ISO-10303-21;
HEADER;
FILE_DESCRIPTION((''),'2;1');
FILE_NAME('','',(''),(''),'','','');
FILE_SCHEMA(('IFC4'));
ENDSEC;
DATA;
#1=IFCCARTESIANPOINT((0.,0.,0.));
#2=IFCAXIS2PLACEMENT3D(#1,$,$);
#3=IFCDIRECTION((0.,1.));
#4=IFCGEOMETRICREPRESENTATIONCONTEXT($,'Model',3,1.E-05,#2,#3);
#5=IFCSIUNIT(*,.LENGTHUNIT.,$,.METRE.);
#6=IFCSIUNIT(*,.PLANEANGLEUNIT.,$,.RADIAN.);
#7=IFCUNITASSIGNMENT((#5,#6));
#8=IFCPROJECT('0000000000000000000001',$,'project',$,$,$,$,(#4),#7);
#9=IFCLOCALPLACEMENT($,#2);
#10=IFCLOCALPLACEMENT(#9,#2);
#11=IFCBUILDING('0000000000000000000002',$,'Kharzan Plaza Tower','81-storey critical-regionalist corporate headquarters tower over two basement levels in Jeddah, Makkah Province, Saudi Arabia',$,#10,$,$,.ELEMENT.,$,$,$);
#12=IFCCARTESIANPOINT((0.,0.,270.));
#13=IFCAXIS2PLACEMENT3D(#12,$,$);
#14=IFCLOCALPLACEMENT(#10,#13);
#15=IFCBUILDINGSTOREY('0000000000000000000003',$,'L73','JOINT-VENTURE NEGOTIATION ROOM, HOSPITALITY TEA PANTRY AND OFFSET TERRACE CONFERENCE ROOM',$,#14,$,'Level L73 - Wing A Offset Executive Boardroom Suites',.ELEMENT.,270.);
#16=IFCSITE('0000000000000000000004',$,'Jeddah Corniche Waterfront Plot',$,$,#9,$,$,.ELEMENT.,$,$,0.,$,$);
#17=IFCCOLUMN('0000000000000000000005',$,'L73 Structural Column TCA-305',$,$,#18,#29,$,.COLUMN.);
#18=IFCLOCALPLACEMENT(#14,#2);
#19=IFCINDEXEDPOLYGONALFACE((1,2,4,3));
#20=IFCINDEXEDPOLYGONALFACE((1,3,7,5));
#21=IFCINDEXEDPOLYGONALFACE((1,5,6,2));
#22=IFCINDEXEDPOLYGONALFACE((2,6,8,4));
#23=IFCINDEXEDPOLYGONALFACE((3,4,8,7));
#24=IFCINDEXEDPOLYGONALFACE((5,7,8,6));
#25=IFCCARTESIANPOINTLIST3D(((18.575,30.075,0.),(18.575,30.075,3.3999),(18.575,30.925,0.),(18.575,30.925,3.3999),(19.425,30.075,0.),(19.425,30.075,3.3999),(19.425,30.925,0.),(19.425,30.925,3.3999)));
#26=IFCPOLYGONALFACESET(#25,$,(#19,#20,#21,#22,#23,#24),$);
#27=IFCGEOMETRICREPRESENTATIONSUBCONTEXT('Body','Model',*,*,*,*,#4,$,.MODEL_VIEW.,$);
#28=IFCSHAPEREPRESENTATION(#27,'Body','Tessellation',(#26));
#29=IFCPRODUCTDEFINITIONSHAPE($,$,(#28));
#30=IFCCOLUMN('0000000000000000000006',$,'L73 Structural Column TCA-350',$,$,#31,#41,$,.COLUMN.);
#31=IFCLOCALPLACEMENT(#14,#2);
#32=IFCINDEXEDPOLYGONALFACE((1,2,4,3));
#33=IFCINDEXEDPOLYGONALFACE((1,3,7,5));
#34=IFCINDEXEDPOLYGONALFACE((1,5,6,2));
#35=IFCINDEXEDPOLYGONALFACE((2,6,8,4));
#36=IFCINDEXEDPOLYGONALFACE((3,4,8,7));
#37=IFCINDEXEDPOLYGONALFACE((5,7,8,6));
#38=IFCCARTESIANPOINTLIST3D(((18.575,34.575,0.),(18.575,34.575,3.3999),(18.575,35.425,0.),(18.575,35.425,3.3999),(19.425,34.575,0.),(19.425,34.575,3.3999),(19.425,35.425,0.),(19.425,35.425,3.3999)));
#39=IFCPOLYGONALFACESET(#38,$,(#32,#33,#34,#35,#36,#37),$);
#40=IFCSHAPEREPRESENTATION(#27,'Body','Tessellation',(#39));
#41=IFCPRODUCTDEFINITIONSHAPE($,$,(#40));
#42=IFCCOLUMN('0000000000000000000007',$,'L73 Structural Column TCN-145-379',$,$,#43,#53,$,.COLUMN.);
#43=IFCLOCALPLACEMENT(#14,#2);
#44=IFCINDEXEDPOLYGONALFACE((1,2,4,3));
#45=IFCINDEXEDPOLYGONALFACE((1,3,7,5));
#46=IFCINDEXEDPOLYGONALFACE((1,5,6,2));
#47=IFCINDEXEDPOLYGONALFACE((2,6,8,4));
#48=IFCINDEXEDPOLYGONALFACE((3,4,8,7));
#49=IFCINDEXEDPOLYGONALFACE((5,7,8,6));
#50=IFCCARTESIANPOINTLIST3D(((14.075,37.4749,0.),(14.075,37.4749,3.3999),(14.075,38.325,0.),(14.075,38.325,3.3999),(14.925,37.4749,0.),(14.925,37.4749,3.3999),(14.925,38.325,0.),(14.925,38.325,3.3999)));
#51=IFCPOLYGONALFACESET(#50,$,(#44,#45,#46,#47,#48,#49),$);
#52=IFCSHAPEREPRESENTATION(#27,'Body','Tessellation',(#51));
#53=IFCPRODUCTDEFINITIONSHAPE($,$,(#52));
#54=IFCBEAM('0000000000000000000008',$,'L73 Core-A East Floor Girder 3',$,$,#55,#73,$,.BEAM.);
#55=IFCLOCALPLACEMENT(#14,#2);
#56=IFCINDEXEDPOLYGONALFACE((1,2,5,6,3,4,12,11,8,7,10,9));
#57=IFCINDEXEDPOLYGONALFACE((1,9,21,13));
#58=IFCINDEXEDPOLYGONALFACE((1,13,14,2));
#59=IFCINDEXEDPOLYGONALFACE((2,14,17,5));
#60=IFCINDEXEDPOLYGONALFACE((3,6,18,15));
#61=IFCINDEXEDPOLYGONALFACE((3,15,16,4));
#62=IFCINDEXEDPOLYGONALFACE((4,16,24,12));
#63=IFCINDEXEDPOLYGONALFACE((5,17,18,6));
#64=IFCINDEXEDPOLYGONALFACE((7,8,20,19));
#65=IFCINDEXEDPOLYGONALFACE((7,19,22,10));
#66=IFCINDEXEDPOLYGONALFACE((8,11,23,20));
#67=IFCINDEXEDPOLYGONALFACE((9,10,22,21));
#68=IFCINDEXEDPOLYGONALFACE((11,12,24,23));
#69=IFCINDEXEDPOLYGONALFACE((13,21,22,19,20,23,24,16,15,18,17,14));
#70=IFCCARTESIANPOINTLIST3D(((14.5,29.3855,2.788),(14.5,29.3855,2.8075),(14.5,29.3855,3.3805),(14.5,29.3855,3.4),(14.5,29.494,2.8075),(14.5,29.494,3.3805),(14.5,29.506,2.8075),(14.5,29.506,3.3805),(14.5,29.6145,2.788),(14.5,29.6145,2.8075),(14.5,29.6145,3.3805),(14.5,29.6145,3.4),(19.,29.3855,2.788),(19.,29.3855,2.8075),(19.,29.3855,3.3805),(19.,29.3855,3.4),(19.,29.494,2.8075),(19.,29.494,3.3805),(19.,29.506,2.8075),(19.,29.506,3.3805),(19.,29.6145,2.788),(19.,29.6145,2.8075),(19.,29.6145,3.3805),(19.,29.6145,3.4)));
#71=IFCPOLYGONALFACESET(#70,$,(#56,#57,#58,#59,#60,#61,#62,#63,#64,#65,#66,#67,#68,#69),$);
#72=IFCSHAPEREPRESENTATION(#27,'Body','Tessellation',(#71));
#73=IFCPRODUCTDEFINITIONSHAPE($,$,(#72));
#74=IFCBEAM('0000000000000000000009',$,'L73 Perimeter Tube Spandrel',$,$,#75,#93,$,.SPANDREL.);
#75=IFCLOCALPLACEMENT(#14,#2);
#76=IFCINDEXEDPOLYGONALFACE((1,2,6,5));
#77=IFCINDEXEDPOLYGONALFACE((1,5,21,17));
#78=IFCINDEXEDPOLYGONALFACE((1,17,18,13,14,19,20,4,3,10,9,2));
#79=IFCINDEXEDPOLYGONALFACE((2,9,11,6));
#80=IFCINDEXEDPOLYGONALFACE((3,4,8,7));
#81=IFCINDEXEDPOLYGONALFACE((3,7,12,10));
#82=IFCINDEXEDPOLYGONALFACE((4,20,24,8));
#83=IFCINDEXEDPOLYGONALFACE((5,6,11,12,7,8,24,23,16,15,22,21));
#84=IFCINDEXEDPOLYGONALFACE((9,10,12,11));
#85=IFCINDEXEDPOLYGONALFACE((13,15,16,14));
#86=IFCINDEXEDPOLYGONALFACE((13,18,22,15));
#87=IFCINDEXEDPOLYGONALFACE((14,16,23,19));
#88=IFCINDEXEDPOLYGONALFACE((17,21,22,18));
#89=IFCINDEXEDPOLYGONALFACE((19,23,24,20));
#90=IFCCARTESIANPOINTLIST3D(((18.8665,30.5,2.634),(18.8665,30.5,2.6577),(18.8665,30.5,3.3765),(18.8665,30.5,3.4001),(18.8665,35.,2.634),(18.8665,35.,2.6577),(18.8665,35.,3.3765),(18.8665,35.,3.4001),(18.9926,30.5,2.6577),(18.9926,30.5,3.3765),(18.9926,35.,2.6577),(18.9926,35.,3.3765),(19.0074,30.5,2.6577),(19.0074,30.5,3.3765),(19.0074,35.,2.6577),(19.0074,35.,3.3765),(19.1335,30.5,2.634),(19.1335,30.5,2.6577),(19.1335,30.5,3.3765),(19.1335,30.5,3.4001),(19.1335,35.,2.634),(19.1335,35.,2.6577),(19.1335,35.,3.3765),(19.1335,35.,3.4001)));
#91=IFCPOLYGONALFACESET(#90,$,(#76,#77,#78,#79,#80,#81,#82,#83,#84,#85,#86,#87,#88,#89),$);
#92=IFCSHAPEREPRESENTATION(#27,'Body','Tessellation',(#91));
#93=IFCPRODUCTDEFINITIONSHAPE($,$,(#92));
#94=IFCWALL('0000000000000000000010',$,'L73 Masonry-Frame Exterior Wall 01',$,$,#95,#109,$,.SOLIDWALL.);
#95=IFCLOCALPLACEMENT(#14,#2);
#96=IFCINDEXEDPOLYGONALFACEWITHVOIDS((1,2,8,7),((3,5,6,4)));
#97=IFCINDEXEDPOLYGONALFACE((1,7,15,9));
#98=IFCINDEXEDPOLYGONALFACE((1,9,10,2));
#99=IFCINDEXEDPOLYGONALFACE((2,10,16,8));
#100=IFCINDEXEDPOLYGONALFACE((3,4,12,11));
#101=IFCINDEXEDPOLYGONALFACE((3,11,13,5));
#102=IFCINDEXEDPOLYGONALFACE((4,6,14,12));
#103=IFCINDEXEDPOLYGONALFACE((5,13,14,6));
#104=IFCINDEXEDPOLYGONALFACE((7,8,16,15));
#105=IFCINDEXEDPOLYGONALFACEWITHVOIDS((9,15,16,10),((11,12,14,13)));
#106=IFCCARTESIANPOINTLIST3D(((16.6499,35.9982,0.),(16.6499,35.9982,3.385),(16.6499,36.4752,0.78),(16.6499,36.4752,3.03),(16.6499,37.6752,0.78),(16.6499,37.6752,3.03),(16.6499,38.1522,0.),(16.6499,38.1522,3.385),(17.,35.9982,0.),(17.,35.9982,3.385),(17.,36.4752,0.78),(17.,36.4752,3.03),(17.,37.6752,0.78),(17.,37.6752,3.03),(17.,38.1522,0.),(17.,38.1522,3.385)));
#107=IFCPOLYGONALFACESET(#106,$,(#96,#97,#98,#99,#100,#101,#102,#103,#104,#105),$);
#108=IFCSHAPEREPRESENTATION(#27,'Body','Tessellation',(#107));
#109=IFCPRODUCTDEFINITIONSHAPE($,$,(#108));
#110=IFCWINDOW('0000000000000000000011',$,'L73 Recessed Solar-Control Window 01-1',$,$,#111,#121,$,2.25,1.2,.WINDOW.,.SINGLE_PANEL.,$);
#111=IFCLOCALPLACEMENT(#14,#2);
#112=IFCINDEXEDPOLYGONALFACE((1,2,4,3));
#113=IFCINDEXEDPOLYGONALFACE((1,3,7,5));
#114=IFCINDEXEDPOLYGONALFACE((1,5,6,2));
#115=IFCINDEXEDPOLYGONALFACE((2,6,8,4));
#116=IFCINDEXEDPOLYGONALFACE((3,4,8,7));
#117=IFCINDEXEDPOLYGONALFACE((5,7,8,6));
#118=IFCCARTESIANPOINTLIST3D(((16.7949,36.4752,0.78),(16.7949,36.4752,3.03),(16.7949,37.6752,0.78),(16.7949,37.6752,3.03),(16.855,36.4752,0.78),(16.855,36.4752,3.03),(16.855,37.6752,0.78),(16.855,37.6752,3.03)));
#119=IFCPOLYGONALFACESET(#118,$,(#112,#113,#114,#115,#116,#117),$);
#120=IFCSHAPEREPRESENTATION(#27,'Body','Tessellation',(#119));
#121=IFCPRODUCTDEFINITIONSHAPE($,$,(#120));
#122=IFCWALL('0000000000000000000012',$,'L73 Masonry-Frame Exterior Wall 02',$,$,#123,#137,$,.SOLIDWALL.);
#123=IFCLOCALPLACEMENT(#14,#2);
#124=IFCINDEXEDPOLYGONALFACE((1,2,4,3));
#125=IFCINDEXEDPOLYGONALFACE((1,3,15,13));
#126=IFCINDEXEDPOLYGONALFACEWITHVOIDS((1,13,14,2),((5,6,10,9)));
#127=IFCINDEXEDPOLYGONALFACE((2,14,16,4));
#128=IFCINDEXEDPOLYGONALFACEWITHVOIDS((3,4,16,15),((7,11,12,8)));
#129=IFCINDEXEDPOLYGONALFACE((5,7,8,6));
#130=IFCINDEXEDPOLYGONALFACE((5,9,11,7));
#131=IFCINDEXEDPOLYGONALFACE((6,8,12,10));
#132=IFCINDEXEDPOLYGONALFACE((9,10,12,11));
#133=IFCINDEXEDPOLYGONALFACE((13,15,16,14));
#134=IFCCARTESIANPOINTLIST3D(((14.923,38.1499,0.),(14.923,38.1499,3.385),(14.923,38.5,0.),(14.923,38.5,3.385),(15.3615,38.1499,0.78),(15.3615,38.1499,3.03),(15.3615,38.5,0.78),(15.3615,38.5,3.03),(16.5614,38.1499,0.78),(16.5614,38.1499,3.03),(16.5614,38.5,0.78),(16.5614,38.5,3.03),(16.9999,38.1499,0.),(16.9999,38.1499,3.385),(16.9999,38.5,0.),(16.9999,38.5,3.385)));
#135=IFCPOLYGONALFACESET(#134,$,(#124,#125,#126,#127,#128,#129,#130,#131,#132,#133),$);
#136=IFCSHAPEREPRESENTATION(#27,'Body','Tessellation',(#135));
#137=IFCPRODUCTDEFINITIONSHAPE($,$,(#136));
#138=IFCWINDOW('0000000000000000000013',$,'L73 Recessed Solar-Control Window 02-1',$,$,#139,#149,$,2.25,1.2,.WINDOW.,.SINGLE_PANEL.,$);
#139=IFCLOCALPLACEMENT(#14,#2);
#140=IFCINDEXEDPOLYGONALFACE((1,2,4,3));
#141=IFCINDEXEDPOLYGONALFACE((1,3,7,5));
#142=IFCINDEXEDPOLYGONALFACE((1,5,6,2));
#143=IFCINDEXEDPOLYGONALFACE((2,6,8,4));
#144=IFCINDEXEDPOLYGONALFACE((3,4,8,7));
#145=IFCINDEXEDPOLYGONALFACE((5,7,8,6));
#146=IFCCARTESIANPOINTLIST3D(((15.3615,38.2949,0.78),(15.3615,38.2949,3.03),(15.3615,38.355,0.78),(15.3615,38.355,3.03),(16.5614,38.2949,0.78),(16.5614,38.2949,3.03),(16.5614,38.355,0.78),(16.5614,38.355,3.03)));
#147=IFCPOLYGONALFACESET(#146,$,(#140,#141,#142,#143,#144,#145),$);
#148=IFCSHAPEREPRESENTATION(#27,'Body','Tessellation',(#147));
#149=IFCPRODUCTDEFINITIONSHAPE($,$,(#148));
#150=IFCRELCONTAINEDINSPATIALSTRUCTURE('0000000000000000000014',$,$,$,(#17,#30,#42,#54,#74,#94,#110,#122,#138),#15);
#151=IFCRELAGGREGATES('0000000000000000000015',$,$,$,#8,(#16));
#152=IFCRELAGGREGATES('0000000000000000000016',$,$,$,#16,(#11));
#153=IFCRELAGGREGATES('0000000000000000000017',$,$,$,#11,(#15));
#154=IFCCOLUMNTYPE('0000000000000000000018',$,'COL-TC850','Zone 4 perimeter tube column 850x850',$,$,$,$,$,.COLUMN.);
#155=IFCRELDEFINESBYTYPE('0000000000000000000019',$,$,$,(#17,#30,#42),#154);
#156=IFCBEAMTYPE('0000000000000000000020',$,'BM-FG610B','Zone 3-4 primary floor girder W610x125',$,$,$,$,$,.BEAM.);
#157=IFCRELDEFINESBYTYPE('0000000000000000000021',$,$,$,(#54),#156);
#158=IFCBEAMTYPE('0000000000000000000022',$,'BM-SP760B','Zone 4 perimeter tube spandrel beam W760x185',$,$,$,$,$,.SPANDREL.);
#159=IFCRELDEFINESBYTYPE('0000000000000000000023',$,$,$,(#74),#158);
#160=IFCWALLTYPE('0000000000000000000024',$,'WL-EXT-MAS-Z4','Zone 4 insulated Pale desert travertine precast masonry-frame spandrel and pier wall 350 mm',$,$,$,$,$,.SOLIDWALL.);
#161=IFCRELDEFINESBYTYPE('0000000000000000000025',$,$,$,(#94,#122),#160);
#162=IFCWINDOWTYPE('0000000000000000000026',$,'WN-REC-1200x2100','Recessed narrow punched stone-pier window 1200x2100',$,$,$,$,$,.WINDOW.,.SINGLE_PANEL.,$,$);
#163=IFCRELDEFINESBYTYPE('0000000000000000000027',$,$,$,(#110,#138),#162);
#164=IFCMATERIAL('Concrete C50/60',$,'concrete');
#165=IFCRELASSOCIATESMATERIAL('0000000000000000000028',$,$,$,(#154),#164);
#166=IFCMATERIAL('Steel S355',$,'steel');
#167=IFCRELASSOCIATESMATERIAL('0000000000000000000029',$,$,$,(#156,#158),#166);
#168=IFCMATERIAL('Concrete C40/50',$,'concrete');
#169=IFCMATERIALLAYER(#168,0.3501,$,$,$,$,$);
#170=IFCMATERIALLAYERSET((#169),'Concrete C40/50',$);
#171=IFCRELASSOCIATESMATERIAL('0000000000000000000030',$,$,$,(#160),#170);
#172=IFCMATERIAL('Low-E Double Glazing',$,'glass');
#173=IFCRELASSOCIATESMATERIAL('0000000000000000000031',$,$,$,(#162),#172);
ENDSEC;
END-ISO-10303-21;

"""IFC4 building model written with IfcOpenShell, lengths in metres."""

from ifc_helpers import new_model, si_unit, direction, frame, frame_2d, origin, origin_2d, place, context, subcontext, project, spatial, rectangle, i_section, extrude, source, transform, mapped, material, layer, layer_set, material_profile, profile_set, type_object, element, fill, save


model = new_model("IFC4")

# Units and contexts
model_context = context("Model", 3, precision=1e-05, world=origin(), true_north=direction((0.0, 1.0)))
body_context = subcontext(model_context, "Body", "Model", "MODEL_VIEW")
ifc_project = project(units=[si_unit("LENGTHUNIT", "METRE"), si_unit("PLANEANGLEUNIT", "RADIAN")], contexts=[model_context])

# Site, building, storey
site_placement = place(None, origin())
site = spatial("IfcSite", under=ifc_project, at=site_placement, Name="Jeddah Corniche Waterfront Plot", CompositionType="ELEMENT", RefElevation=0.0)
building_placement = place(site_placement, origin())
building = spatial("IfcBuilding", under=site, at=building_placement, Name="Kharzan Plaza Tower", Description="81-storey critical-regionalist corporate headquarters tower over two basement levels in Jeddah, Makkah Province, Saudi Arabia", CompositionType="ELEMENT")
storey_placement = place(building_placement, frame((0.0, 0.0, 270.0)))
storey = spatial("IfcBuildingStorey", under=building, at=storey_placement, Name="L73", Description="JOINT-VENTURE NEGOTIATION ROOM, HOSPITALITY TEA PANTRY AND OFFSET TERRACE CONFERENCE ROOM", LongName="Level L73 - Wing A Offset Executive Boardroom Suites", CompositionType="ELEMENT", Elevation=270.0)

# Columns
ifc_material_1 = material(Name="Concrete C50/60", Category="concrete")
ifc_material_profile_1 = material_profile(ifc_material_1, rectangle(XDim=0.8501, YDim=0.8501, at=origin_2d()), Name="RC-TC850x850")
ifc_profile_set_1 = profile_set([ifc_material_profile_1], Name="Concrete C50/60")
column_type = type_object("IfcColumnType", Name="COL-TC850", Description="Zone 4 perimeter tube column 850x850", PredefinedType="COLUMN", material=ifc_profile_set_1)
shared_shape_1 = source(origin(), body_context, "Body", "SweptSolid", [
    extrude(rectangle(XDim=0.8501, YDim=0.8501, at=origin_2d()), origin(), (0.0, 0.0, 1.0), 3.3999),
])
for number, where, z_axis, x_axis, name in (
    (1, (19.0, 30.5, 0.0), (0.0, 0.0, 1.0), (1.0, 0.0, 0.0), "L73 Structural Column TCA-305"),
    (2, (19.0, 35.0, 0.0), (0.0, 0.0, 1.0), (1.0, 0.0, 0.0), "L73 Structural Column TCA-350"),
    (3, (14.5, 37.8999, 0.0), (0.0, 0.0, 1.0), (1.0, 0.0, 0.0), "L73 Structural Column TCN-145-379"),
):
    element("IfcColumn", number, at=place(storey_placement, frame(where, z_axis=z_axis, x_axis=x_axis)), inside=storey, type_object=column_type, Name=name, PredefinedType="COLUMN", context=body_context, shape_type="MappedRepresentation", body=[
        mapped(shared_shape_1, transform((0.0, 0.0, 0.0), x_axis=(1.0, 0.0, 0.0), y_axis=(0.0, 1.0, 0.0), z_axis=(0.0, 0.0, 1.0))),
    ])

# Beams
ifc_material_2 = material(Name="Steel S355", Category="steel")
ifc_material_profile_2 = material_profile(ifc_material_2, i_section(OverallWidth=0.229, OverallDepth=0.6121, WebThickness=0.012, FlangeThickness=0.0195, at=origin_2d()), Name="W610x125")
ifc_profile_set_2 = profile_set([ifc_material_profile_2], Name="Steel S355")
beam_type_1 = type_object("IfcBeamType", Name="BM-FG610B", Description="Zone 3-4 primary floor girder W610x125", PredefinedType="BEAM", material=ifc_profile_set_2)
shared_shape_2 = source(origin(), body_context, "Body", "SweptSolid", [
    extrude(i_section(OverallWidth=0.229, OverallDepth=0.6121, WebThickness=0.012, FlangeThickness=0.0195, at=origin_2d()), origin(), (0.0, 0.0, 1.0), 4.5),
])
beam_1_placement = place(storey_placement, frame((14.5, 29.5, 3.094), z_axis=(1.0, 0.0, 0.0), x_axis=(0.0, 1.0, 0.0)))
element("IfcBeam", 4, at=beam_1_placement, inside=storey, type_object=beam_type_1, Name="L73 Core-A East Floor Girder 3", PredefinedType="BEAM", context=body_context, shape_type="MappedRepresentation", body=[
    mapped(shared_shape_2, transform((0.0, 0.0, 0.0), x_axis=(1.0, 0.0, 0.0), y_axis=(0.0, 1.0, 0.0), z_axis=(0.0, 0.0, 1.0))),
])
ifc_material_profile_3 = material_profile(ifc_material_2, i_section(OverallWidth=0.2671, OverallDepth=0.7661, WebThickness=0.0149, FlangeThickness=0.0237, at=origin_2d()), Name="W760x185")
ifc_profile_set_3 = profile_set([ifc_material_profile_3], Name="Steel S355")
beam_type_2 = type_object("IfcBeamType", Name="BM-SP760B", Description="Zone 4 perimeter tube spandrel beam W760x185", PredefinedType="SPANDREL", material=ifc_profile_set_3)
shared_shape_3 = source(origin(), body_context, "Body", "SweptSolid", [
    extrude(i_section(OverallWidth=0.2671, OverallDepth=0.7661, WebThickness=0.0149, FlangeThickness=0.0237, at=origin_2d()), origin(), (0.0, 0.0, 1.0), 4.5),
])
beam_2_placement = place(storey_placement, frame((19.0, 30.5, 3.0171), z_axis=(0.0, 1.0, 0.0), x_axis=(-1.0, 0.0, 0.0)))
element("IfcBeam", 5, at=beam_2_placement, inside=storey, type_object=beam_type_2, Name="L73 Perimeter Tube Spandrel", PredefinedType="SPANDREL", context=body_context, shape_type="MappedRepresentation", body=[
    mapped(shared_shape_3, transform((0.0, 0.0, 0.0), x_axis=(1.0, 0.0, 0.0), y_axis=(0.0, 1.0, 0.0), z_axis=(0.0, 0.0, 1.0))),
])

# Walls, openings, windows
ifc_material_3 = material(Name="Concrete C40/50", Category="concrete")
ifc_layer_1 = layer(ifc_material_3, 0.3501)
ifc_layer_set_1 = layer_set([ifc_layer_1], Name="Concrete C40/50")
wall_type = type_object("IfcWallType", Name="WL-EXT-MAS-Z4", Description="Zone 4 insulated Pale desert travertine precast masonry-frame spandrel and pier wall 350 mm", PredefinedType="SOLIDWALL", material=ifc_layer_set_1)
wall_1_placement = place(storey_placement, frame((16.825, 35.998, 0.0), z_axis=(0.0, 0.0, 1.0), x_axis=(0.0, 1.0, 0.0)))
wall_1 = element("IfcWall", 6, at=wall_1_placement, inside=storey, type_object=wall_type, Name="L73 Masonry-Frame Exterior Wall 01", PredefinedType="SOLIDWALL", context=body_context, shape_type="SweptSolid", body=[
    extrude(rectangle(XDim=2.1541, YDim=0.3501, at=frame_2d((1.0771, 0.0))), origin(), (0.0, 0.0, 1.0), 3.385),
])
opening_1_placement = place(wall_1_placement, frame((0.4771, 0.0, 0.78)))
opening_1 = element("IfcOpeningElement", 7, at=opening_1_placement, cuts=wall_1, PredefinedType="OPENING", context=body_context, shape_type="SweptSolid", body=[
    extrude(rectangle(XDim=1.2, YDim=2.25, at=frame_2d((0.6001, 1.125))), frame((0.0, 0.1851, 0.0), z_axis=(0.0, -1.0, 0.0), x_axis=(1.0, 0.0, 0.0)), (0.0, 0.0, 1.0), 0.3701),
])
ifc_material_4 = material(Name="Low-E Double Glazing", Category="glass")
window_type_1 = type_object("IfcWindowType", Name="WN-REC-1200x2100", Description="Recessed narrow punched stone-pier window 1200x2100", PartitioningType="SINGLE_PANEL", PredefinedType="WINDOW", material=ifc_material_4)
shared_shape_4 = source(origin(), body_context, "Body", "SweptSolid", [
    extrude(rectangle(XDim=1.2, YDim=2.25, at=frame_2d((0.6001, 1.125))), frame((0.0, 0.03, 0.0), z_axis=(0.0, -1.0, 0.0), x_axis=(1.0, 0.0, 0.0)), (0.0, 0.0, 1.0), 0.0601),
])
window_1_placement = place(opening_1_placement, origin())
window_1 = element("IfcWindow", 8, at=window_1_placement, inside=storey, type_object=window_type_1, Name="L73 Recessed Solar-Control Window 01-1", OverallHeight=2.25, OverallWidth=1.2, PartitioningType="SINGLE_PANEL", PredefinedType="WINDOW", context=body_context, shape_type="MappedRepresentation", body=[
    mapped(shared_shape_4, transform((0.0, 0.0, 0.0), x_axis=(1.0, 0.0, 0.0), y_axis=(0.0, 1.0, 0.0), z_axis=(0.0, 0.0, 1.0))),
])
fill(opening_1, window_1)
wall_2_placement = place(storey_placement, frame((17.0, 38.325, 0.0), z_axis=(0.0, 0.0, 1.0), x_axis=(-1.0, 0.0, 0.0)))
wall_2 = element("IfcWall", 9, at=wall_2_placement, inside=storey, type_object=wall_type, Name="L73 Masonry-Frame Exterior Wall 02", PredefinedType="SOLIDWALL", context=body_context, shape_type="SweptSolid", body=[
    extrude(rectangle(XDim=2.0769, YDim=0.3501, at=frame_2d((1.0386, 0.0))), origin(), (0.0, 0.0, 1.0), 3.385),
])
opening_2_placement = place(wall_2_placement, frame((0.4385, 0.0, 0.78)))
opening_2 = element("IfcOpeningElement", 10, at=opening_2_placement, cuts=wall_2, PredefinedType="OPENING", context=body_context, shape_type="SweptSolid", body=[
    extrude(rectangle(XDim=1.2, YDim=2.25, at=frame_2d((0.6001, 1.125))), frame((0.0, 0.1851, 0.0), z_axis=(0.0, -1.0, 0.0), x_axis=(1.0, 0.0, 0.0)), (0.0, 0.0, 1.0), 0.3701),
])
window_2_placement = place(opening_2_placement, origin())
window_2 = element("IfcWindow", 11, at=window_2_placement, inside=storey, type_object=window_type_1, Name="L73 Recessed Solar-Control Window 02-1", OverallHeight=2.25, OverallWidth=1.2, PartitioningType="SINGLE_PANEL", PredefinedType="WINDOW", context=body_context, shape_type="MappedRepresentation", body=[
    mapped(shared_shape_4, transform((0.0, 0.0, 0.0), x_axis=(1.0, 0.0, 0.0), y_axis=(0.0, 1.0, 0.0), z_axis=(0.0, 0.0, 1.0))),
])
fill(opening_2, window_2)

save(model, "model.ifc")
